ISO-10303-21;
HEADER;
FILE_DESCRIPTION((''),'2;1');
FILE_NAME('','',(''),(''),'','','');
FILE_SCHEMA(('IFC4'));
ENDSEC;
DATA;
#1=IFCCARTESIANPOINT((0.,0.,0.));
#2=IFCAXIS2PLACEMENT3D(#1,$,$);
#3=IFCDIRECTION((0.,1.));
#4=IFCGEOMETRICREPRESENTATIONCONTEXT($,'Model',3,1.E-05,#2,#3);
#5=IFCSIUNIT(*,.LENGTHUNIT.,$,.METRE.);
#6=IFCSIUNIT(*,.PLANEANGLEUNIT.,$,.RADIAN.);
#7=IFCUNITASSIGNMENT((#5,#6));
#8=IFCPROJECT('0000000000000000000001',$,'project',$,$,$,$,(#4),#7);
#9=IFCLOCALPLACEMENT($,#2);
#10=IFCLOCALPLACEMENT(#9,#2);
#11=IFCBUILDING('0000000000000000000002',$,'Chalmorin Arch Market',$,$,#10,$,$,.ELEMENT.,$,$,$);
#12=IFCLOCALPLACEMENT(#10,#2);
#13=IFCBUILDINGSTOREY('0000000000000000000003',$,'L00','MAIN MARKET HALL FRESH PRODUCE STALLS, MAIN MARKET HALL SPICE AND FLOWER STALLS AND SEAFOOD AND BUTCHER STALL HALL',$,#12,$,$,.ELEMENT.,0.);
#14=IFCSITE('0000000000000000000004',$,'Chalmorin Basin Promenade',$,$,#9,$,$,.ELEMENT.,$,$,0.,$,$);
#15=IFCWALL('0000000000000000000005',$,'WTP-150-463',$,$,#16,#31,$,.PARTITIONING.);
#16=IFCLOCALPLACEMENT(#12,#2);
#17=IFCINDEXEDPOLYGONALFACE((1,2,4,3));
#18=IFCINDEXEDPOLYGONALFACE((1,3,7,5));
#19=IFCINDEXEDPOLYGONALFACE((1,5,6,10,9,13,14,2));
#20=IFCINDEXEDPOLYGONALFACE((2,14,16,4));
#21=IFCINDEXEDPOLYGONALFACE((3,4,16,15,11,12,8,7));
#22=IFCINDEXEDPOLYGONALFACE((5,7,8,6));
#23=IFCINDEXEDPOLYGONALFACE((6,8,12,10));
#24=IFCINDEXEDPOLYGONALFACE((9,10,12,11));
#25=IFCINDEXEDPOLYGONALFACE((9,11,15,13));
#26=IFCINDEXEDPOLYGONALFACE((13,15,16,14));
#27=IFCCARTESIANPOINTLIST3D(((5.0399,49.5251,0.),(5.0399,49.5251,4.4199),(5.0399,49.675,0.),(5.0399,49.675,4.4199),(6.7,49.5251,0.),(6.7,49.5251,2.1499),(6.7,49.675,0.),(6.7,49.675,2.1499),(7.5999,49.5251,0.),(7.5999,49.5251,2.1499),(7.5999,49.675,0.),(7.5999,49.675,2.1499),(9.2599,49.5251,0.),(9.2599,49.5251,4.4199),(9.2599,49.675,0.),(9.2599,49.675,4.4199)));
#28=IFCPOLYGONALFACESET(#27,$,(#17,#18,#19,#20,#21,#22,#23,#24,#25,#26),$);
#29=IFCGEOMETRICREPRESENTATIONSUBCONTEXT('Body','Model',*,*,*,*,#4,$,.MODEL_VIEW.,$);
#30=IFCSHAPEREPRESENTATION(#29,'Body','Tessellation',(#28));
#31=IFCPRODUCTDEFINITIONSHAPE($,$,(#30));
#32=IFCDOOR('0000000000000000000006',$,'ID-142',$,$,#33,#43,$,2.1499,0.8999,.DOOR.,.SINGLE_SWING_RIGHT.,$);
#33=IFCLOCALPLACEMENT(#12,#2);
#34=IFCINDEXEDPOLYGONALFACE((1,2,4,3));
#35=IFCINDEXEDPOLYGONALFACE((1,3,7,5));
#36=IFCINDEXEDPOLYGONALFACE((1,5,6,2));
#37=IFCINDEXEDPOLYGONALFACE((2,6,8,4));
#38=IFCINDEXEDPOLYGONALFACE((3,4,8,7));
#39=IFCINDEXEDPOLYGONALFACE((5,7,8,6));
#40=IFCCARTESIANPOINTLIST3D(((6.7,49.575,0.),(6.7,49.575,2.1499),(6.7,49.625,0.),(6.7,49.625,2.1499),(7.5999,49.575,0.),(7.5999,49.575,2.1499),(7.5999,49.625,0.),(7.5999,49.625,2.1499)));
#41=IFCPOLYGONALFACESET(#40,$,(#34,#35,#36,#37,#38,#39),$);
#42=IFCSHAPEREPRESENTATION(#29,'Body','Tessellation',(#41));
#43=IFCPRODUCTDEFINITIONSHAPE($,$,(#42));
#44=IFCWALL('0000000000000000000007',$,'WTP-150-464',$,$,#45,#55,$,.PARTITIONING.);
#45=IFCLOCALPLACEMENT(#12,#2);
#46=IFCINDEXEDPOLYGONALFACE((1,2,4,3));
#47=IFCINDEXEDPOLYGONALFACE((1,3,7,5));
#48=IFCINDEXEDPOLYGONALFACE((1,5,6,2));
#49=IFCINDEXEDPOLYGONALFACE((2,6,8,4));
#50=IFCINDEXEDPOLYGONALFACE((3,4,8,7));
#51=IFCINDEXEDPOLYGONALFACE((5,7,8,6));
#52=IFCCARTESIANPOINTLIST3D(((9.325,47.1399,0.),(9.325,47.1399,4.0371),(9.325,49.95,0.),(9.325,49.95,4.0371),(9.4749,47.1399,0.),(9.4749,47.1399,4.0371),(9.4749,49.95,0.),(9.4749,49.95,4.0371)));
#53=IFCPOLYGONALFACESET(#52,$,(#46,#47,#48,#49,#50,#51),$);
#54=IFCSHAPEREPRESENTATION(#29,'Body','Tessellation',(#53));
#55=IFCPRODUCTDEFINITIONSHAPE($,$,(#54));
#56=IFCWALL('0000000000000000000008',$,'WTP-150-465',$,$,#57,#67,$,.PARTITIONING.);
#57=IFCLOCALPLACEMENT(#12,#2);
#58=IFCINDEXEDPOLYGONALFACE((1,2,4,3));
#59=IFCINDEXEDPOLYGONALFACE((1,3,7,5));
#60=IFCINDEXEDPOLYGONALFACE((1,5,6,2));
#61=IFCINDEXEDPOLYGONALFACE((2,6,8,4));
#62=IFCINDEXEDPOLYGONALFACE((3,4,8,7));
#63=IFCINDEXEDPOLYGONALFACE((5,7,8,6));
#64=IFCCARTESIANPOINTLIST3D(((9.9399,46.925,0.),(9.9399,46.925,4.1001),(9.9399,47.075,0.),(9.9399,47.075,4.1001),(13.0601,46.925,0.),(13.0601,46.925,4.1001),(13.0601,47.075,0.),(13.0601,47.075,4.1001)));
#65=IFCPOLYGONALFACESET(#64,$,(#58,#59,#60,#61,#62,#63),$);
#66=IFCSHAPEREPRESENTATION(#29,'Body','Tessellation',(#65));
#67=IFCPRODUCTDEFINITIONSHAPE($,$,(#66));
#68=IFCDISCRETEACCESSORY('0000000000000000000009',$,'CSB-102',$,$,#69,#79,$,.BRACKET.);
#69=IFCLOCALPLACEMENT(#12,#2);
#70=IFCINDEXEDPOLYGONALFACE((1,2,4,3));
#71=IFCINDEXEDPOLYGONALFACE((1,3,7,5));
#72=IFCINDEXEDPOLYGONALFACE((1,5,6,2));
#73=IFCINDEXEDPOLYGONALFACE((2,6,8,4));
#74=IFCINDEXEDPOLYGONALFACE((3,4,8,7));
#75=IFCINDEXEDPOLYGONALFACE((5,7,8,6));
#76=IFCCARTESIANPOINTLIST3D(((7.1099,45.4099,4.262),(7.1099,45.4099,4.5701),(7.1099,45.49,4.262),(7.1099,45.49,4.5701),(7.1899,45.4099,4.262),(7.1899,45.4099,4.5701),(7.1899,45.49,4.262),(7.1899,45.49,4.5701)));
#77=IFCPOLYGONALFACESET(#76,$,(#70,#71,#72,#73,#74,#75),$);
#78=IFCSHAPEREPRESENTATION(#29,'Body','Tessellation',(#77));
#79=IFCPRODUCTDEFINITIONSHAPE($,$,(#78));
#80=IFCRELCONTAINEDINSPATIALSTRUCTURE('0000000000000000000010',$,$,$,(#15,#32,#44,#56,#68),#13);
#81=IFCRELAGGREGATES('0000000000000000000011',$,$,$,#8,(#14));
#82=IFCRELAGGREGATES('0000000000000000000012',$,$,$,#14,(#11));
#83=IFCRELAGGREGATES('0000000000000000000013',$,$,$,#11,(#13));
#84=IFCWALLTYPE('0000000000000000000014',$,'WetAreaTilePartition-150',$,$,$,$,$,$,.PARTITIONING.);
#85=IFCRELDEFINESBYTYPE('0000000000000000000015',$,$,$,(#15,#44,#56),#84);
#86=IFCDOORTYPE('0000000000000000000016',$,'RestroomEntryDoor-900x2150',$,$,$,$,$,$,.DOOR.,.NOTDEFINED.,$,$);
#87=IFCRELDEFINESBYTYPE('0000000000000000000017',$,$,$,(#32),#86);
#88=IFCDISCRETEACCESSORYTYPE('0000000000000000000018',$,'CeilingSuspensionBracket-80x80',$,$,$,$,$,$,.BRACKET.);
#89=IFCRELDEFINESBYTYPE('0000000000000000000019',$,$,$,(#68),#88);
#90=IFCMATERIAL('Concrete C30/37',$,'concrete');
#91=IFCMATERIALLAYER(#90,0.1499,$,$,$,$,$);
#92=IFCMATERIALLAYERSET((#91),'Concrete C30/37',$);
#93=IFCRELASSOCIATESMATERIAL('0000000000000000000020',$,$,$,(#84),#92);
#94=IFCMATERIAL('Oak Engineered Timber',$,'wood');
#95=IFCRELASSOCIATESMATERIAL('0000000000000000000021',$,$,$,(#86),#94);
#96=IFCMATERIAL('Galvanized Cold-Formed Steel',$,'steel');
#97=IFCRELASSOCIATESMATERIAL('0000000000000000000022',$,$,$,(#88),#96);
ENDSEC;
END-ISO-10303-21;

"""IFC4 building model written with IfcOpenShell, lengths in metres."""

from ifc_helpers import new_model, si_unit, direction, frame, frame_2d, origin, origin_2d, place, context, subcontext, project, spatial, rectangle, extrude, material, layer, layer_set, type_object, element, fill, save


model = new_model("IFC4")

# Units and contexts
model_context = context("Model", 3, precision=1e-05, world=origin(), true_north=direction((0.0, 1.0)))
body_context = subcontext(model_context, "Body", "Model", "MODEL_VIEW")
ifc_project = project(units=[si_unit("LENGTHUNIT", "METRE"), si_unit("PLANEANGLEUNIT", "RADIAN")], contexts=[model_context])

# Site, building, storey
site_placement = place(None, origin())
site = spatial("IfcSite", under=ifc_project, at=site_placement, Name="Chalmorin Basin Promenade", CompositionType="ELEMENT", RefElevation=0.0)
building_placement = place(site_placement, origin())
building = spatial("IfcBuilding", under=site, at=building_placement, Name="Chalmorin Arch Market", CompositionType="ELEMENT")
storey_placement = place(building_placement, origin())
storey = spatial("IfcBuildingStorey", under=building, at=storey_placement, Name="L00", Description="MAIN MARKET HALL FRESH PRODUCE STALLS, MAIN MARKET HALL SPICE AND FLOWER STALLS AND SEAFOOD AND BUTCHER STALL HALL", CompositionType="ELEMENT", Elevation=0.0)

# Wall, opening, door
ifc_material_1 = material(Name="Concrete C30/37", Category="concrete")
ifc_layer_1 = layer(ifc_material_1, 0.1499)
ifc_layer_set_1 = layer_set([ifc_layer_1], Name="Concrete C30/37")
wall_type = type_object("IfcWallType", Name="WetAreaTilePartition-150", PredefinedType="PARTITIONING", material=ifc_layer_set_1)
wall_1_placement = place(storey_placement, frame((5.04, 49.6001, 0.0), z_axis=(0.0, 0.0, 1.0), x_axis=(1.0, 0.0, 0.0)))
wall_1 = element("IfcWall", 1, at=wall_1_placement, inside=storey, type_object=wall_type, Name="WTP-150-463", PredefinedType="PARTITIONING", context=body_context, shape_type="SweptSolid", body=[
    extrude(rectangle(XDim=4.22, YDim=0.1499, at=frame_2d((2.1099, 0.0))), origin(), (0.0, 0.0, 1.0), 4.4199),
])
opening_placement = place(wall_1_placement, frame((1.6599, 0.0, 0.0)))
opening = element("IfcOpeningElement", 2, at=opening_placement, cuts=wall_1, PredefinedType="OPENING", context=body_context, shape_type="SweptSolid", body=[
    extrude(rectangle(XDim=0.8999, YDim=2.1499, at=frame_2d((0.45, 1.075))), frame((0.0, 0.085, 0.0), z_axis=(0.0, -1.0, 0.0), x_axis=(1.0, 0.0, 0.0)), (0.0, 0.0, 1.0), 0.1699),
])
ifc_material_2 = material(Name="Oak Engineered Timber", Category="wood")
door_type = type_object("IfcDoorType", Name="RestroomEntryDoor-900x2150", OperationType="NOTDEFINED", PredefinedType="DOOR", material=ifc_material_2)
door_placement = place(opening_placement, origin())
door = element("IfcDoor", 3, at=door_placement, inside=storey, type_object=door_type, Name="ID-142", OperationType="SINGLE_SWING_RIGHT", OverallHeight=2.1499, OverallWidth=0.8999, PredefinedType="DOOR", context=body_context, shape_type="SweptSolid", body=[
    extrude(rectangle(XDim=0.8999, YDim=2.1499, at=frame_2d((0.45, 1.075))), frame((0.0, 0.0249, 0.0), z_axis=(0.0, -1.0, 0.0), x_axis=(1.0, 0.0, 0.0)), (0.0, 0.0, 1.0), 0.05),
])
fill(opening, door)

# Walls
wall_2_placement = place(storey_placement, frame((9.3999, 47.1399, 0.0), z_axis=(0.0, 0.0, 1.0), x_axis=(0.0, 1.0, 0.0)))
element("IfcWall", 4, at=wall_2_placement, inside=storey, type_object=wall_type, Name="WTP-150-464", PredefinedType="PARTITIONING", context=body_context, shape_type="SweptSolid", body=[
    extrude(rectangle(XDim=2.8101, YDim=0.1499, at=frame_2d((1.405, 0.0))), origin(), (0.0, 0.0, 1.0), 4.0371),
])
wall_3_placement = place(storey_placement, frame((9.9399, 47.0, 0.0), z_axis=(0.0, 0.0, 1.0), x_axis=(1.0, 0.0, 0.0)))
element("IfcWall", 5, at=wall_3_placement, inside=storey, type_object=wall_type, Name="WTP-150-465", PredefinedType="PARTITIONING", context=body_context, shape_type="SweptSolid", body=[
    extrude(rectangle(XDim=3.1201, YDim=0.1499, at=frame_2d((1.5601, 0.0))), origin(), (0.0, 0.0, 1.0), 4.1001),
])

# Discrete accessory
ifc_material_3 = material(Name="Galvanized Cold-Formed Steel", Category="steel")
discrete_accessory_type = type_object("IfcDiscreteAccessoryType", Name="CeilingSuspensionBracket-80x80", PredefinedType="BRACKET", material=ifc_material_3)
discrete_accessory_placement = place(storey_placement, frame((7.1499, 45.45, 4.262), z_axis=(0.0, 0.0, 1.0), x_axis=(1.0, 0.0, 0.0)))
element("IfcDiscreteAccessory", 6, at=discrete_accessory_placement, inside=storey, type_object=discrete_accessory_type, Name="CSB-102", PredefinedType="BRACKET", context=body_context, shape_type="SweptSolid", body=[
    extrude(rectangle(XDim=0.0801, YDim=0.0801, at=origin_2d()), origin(), (0.0, 0.0, 1.0), 0.3081),
])

save(model, "model.ifc")
